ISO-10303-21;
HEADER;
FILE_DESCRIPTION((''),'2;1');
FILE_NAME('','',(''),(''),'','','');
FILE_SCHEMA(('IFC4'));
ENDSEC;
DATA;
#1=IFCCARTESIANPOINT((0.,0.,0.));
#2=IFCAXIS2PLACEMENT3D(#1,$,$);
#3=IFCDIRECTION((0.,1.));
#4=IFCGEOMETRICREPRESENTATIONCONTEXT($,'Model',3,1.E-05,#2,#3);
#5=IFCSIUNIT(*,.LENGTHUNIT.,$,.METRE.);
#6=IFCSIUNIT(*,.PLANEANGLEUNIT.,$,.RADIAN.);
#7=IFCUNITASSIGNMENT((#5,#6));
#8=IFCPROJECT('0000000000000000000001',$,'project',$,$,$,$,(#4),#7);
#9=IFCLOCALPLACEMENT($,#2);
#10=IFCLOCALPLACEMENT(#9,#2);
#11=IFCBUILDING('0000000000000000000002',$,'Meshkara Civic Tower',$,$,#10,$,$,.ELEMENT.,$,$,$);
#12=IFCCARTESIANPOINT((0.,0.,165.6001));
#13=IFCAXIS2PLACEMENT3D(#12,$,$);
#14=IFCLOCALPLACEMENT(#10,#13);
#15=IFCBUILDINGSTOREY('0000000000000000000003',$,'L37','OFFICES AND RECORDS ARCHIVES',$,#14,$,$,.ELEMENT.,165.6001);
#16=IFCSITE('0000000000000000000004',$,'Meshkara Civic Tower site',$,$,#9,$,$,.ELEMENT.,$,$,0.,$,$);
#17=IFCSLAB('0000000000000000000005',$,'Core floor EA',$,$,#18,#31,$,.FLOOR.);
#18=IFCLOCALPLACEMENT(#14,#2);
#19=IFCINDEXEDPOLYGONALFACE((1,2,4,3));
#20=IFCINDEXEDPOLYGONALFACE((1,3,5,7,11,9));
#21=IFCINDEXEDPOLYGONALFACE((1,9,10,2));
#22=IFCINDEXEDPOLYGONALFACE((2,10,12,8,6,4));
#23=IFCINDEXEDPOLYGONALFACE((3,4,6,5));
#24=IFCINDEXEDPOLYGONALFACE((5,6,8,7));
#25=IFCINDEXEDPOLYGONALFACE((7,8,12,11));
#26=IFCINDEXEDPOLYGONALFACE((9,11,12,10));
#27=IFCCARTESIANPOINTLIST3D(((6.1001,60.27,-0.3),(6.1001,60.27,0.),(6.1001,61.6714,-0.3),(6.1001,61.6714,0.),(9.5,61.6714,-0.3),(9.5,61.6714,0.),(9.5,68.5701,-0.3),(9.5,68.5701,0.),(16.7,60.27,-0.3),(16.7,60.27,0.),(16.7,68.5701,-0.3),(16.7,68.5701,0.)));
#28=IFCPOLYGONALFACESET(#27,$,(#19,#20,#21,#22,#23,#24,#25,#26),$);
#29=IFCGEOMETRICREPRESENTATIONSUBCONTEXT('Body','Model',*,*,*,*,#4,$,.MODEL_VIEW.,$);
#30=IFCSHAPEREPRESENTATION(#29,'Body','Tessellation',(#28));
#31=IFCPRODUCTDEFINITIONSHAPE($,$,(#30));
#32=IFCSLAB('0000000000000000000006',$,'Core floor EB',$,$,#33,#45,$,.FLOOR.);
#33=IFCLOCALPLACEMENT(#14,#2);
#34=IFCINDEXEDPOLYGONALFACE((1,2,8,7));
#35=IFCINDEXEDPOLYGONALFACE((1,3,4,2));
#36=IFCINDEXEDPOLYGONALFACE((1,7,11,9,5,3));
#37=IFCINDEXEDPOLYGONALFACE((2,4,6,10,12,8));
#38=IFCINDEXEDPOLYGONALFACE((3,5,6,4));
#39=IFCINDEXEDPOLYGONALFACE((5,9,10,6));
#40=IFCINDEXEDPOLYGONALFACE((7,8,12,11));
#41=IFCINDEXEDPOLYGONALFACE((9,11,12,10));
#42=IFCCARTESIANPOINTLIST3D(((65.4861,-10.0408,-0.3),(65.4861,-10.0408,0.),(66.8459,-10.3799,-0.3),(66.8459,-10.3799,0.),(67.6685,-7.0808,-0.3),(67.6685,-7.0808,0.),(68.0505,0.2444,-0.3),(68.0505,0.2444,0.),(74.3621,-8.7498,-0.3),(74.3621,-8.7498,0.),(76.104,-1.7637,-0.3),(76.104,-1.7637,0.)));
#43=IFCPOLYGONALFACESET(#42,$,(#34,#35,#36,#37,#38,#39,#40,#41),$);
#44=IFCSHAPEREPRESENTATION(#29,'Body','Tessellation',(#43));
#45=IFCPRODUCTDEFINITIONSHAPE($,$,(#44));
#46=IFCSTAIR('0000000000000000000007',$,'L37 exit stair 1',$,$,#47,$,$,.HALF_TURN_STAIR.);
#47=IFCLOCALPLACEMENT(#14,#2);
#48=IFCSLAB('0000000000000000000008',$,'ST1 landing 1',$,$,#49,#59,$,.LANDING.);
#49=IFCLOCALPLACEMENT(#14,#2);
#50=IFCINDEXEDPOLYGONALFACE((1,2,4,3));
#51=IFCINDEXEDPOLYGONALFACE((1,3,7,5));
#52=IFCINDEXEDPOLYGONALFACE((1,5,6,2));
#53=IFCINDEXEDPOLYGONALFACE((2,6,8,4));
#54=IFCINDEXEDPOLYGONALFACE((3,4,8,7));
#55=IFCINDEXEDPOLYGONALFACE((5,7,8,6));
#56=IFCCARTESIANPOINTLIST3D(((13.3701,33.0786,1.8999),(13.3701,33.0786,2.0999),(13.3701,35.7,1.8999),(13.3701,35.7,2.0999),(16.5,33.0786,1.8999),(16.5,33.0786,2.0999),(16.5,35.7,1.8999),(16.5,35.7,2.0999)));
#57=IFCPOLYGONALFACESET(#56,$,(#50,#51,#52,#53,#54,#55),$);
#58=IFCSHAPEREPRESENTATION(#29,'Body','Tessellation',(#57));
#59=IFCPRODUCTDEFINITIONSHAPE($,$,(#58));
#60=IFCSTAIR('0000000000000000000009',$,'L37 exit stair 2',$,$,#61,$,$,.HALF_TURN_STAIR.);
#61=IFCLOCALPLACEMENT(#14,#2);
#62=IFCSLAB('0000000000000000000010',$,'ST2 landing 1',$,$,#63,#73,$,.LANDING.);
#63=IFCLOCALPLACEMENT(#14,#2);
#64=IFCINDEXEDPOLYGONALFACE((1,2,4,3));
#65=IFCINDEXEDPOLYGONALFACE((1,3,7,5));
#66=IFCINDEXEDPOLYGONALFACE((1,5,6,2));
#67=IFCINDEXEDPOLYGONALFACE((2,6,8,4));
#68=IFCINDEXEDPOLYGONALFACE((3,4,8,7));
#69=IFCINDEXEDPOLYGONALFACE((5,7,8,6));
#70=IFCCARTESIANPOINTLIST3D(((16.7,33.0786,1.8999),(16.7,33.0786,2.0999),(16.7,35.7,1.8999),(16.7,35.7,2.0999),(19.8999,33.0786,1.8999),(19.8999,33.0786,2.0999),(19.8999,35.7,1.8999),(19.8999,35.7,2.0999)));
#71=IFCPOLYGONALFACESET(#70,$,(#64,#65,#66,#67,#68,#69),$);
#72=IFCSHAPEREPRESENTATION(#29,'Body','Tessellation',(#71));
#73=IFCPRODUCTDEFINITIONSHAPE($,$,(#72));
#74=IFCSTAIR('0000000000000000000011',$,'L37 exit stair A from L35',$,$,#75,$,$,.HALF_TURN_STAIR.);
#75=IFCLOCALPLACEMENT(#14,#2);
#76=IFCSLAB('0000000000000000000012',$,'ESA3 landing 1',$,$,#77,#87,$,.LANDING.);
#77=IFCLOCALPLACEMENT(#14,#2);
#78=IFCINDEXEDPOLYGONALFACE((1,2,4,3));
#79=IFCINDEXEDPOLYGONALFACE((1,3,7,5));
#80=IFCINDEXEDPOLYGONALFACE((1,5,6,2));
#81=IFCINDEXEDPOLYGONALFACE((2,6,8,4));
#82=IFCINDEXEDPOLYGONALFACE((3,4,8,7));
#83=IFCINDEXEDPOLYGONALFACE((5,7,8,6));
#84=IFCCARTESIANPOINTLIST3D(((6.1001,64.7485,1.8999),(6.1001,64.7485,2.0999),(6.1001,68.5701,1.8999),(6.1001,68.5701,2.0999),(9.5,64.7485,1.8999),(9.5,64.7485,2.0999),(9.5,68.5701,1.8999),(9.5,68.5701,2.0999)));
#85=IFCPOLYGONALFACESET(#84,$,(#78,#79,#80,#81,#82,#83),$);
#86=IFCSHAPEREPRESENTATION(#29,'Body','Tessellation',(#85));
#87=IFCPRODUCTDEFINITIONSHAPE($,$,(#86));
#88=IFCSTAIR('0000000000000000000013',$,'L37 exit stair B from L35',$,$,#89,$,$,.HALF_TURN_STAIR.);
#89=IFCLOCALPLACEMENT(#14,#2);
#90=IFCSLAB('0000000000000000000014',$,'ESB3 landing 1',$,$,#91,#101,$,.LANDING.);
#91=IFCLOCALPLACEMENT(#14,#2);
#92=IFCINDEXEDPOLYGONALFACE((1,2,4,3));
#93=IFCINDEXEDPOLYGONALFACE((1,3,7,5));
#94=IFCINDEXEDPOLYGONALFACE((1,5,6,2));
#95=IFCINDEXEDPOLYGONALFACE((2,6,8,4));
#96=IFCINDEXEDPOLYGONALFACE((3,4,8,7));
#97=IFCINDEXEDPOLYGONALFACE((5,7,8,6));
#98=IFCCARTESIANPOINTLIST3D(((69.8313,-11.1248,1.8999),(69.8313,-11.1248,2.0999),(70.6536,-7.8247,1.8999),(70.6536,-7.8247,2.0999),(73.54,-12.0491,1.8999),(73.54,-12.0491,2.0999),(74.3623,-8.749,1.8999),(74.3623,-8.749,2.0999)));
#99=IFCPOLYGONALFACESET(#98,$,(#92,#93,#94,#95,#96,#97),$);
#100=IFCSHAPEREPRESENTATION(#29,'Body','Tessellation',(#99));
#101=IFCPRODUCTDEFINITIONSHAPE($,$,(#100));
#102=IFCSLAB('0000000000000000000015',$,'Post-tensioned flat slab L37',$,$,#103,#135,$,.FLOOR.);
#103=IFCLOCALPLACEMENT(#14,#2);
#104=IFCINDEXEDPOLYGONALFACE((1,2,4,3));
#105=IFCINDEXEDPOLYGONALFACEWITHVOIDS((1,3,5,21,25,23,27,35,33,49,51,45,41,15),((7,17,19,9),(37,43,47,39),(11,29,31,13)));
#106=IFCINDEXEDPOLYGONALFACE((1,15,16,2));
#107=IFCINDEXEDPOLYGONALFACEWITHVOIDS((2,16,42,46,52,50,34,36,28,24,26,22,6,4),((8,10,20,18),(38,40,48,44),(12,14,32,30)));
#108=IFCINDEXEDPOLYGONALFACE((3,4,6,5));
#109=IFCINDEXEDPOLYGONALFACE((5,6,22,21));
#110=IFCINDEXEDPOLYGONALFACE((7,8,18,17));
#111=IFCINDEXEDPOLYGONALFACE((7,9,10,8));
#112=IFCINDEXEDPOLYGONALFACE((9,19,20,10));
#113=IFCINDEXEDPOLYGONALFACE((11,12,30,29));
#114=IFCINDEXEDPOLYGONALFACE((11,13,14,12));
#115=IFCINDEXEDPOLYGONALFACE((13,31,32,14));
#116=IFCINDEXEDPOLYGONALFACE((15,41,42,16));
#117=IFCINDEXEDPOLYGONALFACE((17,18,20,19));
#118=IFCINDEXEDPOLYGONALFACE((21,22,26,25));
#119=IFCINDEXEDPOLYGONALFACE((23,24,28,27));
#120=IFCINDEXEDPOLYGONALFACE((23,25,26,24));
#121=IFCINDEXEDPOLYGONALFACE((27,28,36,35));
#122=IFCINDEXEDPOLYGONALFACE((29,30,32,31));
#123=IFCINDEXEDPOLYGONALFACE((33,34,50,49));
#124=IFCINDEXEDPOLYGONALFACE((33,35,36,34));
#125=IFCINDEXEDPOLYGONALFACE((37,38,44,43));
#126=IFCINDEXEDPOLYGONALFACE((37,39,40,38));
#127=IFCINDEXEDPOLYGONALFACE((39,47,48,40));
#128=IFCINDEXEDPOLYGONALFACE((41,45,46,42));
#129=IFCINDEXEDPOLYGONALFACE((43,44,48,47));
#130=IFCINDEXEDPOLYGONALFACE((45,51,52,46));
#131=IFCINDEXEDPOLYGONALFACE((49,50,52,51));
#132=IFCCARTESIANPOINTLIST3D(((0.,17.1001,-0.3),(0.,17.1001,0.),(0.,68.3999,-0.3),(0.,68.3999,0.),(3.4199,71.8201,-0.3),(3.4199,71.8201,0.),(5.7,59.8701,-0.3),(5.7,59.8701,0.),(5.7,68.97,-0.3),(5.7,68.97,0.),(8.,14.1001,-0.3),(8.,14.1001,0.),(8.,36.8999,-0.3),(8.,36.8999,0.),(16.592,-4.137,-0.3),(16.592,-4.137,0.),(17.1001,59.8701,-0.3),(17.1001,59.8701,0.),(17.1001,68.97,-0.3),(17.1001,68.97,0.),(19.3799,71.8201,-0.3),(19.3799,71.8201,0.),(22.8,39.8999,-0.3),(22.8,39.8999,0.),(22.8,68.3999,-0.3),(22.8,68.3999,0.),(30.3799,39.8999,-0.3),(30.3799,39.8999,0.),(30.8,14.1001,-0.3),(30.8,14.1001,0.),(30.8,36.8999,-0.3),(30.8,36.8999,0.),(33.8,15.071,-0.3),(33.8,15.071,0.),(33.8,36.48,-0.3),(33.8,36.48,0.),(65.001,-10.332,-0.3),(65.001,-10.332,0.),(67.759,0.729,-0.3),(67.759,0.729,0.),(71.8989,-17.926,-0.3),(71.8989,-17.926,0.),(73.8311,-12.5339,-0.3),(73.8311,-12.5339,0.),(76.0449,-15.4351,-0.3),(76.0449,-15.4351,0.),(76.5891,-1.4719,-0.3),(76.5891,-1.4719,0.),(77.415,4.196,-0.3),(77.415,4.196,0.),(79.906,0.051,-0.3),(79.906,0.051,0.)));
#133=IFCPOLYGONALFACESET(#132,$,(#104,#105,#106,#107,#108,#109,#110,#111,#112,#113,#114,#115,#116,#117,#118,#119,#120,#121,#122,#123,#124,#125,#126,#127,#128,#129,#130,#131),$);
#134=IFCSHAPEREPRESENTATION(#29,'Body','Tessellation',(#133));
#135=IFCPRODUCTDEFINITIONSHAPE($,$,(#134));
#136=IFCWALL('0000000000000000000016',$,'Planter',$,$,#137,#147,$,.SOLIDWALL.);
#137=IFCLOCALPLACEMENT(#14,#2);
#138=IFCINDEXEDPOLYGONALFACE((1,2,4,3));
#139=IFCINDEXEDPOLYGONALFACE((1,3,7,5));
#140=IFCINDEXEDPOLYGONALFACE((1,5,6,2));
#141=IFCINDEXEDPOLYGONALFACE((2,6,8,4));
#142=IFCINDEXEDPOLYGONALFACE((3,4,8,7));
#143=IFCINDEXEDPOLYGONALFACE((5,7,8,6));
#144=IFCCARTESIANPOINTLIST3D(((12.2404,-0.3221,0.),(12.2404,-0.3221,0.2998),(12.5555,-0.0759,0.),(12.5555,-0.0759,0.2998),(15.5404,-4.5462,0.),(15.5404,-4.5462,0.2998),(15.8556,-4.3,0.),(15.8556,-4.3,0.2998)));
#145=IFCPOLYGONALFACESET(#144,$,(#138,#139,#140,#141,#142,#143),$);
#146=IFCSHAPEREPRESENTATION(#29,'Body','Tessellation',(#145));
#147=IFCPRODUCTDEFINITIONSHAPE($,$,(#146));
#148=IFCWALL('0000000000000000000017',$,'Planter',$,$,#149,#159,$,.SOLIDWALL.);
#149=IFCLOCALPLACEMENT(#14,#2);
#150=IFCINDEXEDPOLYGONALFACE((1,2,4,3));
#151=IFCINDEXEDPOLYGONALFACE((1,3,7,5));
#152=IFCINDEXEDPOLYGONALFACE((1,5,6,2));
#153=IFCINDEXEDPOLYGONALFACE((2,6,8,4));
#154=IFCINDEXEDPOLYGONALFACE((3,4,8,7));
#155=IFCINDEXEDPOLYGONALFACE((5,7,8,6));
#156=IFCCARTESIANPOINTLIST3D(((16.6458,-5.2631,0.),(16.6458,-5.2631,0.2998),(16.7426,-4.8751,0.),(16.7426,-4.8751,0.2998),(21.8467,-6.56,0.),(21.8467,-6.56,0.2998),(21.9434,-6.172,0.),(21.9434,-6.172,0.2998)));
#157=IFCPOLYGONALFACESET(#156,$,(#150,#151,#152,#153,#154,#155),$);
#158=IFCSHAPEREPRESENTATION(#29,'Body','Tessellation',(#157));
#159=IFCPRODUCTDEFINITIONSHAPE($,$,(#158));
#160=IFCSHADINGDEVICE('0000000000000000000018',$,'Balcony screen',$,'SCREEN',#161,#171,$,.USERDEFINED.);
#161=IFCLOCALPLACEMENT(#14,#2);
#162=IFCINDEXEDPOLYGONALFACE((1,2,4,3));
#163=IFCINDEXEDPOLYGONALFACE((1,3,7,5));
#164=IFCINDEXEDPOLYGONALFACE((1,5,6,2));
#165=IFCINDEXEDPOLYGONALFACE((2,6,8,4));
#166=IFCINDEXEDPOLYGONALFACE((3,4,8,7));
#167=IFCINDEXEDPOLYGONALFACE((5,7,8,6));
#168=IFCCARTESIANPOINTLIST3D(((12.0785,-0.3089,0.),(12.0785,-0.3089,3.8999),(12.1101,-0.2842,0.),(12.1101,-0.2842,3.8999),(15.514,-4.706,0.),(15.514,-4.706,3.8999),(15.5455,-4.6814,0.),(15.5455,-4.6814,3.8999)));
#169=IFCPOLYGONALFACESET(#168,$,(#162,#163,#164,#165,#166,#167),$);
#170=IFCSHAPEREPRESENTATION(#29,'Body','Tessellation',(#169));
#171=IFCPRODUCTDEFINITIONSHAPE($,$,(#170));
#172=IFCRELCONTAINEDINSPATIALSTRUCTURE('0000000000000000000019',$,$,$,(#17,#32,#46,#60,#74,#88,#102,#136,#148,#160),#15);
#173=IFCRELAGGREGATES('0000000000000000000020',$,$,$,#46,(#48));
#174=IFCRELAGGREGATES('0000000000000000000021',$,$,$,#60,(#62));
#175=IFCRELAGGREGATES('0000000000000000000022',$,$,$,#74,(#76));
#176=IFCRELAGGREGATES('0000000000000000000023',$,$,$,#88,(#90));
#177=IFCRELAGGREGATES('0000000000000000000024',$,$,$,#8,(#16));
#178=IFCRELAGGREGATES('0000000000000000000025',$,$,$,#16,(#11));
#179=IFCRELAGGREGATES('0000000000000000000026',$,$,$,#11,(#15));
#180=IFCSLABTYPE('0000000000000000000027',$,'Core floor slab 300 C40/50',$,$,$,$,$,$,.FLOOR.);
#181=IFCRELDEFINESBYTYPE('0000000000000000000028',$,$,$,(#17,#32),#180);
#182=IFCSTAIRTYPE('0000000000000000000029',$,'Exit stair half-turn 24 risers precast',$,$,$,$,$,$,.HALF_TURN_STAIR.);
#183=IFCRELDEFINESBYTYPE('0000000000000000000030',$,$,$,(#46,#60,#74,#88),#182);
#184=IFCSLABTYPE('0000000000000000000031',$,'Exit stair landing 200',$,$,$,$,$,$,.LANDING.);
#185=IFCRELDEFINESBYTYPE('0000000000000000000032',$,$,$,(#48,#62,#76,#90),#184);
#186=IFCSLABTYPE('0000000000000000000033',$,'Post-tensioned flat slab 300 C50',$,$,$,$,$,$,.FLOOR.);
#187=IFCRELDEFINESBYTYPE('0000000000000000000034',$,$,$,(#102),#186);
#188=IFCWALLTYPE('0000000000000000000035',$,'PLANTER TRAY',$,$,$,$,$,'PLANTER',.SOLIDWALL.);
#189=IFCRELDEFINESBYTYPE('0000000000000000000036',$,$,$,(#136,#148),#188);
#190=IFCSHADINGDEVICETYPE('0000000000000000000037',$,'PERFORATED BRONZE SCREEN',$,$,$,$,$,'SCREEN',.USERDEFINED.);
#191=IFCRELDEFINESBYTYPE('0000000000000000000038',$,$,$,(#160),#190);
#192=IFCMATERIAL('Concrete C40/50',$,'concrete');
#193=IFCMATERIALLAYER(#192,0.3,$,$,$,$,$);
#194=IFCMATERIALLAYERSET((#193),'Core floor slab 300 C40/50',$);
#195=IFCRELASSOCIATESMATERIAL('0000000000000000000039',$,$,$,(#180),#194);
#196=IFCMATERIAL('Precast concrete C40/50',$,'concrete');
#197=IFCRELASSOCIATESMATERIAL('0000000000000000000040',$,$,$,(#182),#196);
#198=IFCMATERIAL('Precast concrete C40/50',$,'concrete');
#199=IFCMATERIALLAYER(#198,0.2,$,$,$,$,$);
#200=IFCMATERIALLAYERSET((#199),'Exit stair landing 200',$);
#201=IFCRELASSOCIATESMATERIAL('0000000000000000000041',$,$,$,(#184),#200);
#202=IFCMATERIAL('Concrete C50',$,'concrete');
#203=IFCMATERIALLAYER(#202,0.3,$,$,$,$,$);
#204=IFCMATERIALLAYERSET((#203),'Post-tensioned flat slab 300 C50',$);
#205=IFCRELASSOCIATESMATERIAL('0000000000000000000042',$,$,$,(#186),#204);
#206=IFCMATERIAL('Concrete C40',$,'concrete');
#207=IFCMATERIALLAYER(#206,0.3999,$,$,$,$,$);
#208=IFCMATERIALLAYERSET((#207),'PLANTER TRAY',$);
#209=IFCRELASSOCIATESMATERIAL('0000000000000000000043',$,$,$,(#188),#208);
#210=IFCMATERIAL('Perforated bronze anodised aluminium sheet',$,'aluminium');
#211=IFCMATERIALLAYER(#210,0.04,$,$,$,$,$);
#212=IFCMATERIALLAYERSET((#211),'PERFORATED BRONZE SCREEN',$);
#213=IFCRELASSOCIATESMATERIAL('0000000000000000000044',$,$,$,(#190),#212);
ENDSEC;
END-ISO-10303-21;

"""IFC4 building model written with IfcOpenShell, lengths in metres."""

from ifc_helpers import new_model, si_unit, direction, frame, frame_2d, origin, origin_2d, place, context, subcontext, project, spatial, polyline, rectangle, outline, extrude, material, layer, layer_set, type_object, element, aggregate, save


model = new_model("IFC4")

# Units and contexts
model_context = context("Model", 3, precision=1e-05, world=origin(), true_north=direction((0.0, 1.0)))
body_context = subcontext(model_context, "Body", "Model", "MODEL_VIEW")
ifc_project = project(units=[si_unit("LENGTHUNIT", "METRE"), si_unit("PLANEANGLEUNIT", "RADIAN")], contexts=[model_context])

# Site, building, storey
site_placement = place(None, origin())
site = spatial("IfcSite", under=ifc_project, at=site_placement, Name="Meshkara Civic Tower site", CompositionType="ELEMENT", RefElevation=0.0)
building_placement = place(site_placement, origin())
building = spatial("IfcBuilding", under=site, at=building_placement, Name="Meshkara Civic Tower", CompositionType="ELEMENT")
storey_placement = place(building_placement, frame((0.0, 0.0, 165.6001)))
storey = spatial("IfcBuildingStorey", under=building, at=storey_placement, Name="L37", Description="OFFICES AND RECORDS ARCHIVES", CompositionType="ELEMENT", Elevation=165.6001)

# Slabs
ifc_material_1 = material(Name="Concrete C40/50", Category="concrete")
ifc_layer_1 = layer(ifc_material_1, 0.3)
ifc_layer_set_1 = layer_set([ifc_layer_1], Name="Core floor slab 300 C40/50")
slab_type_1 = type_object("IfcSlabType", Name="Core floor slab 300 C40/50", PredefinedType="FLOOR", material=ifc_layer_set_1)
slab_1_placement = place(storey_placement, frame((0.0, 0.0, -0.3)))
element("IfcSlab", 1, at=slab_1_placement, inside=storey, type_object=slab_type_1, Name="Core floor EA", PredefinedType="FLOOR", context=body_context, shape_type="SweptSolid", body=[
    extrude(outline(polyline([(16.7, 60.27), (16.7, 68.5701), (9.5, 68.5701), (9.5, 61.6714), (6.1001, 61.6714), (6.1001, 60.27), (16.7, 60.27)])), origin(), (0.0, 0.0, 1.0), 0.3),
])
slab_2_placement = place(storey_placement, frame((0.0, 0.0, -0.3)))
element("IfcSlab", 2, at=slab_2_placement, inside=storey, type_object=slab_type_1, Name="Core floor EB", PredefinedType="FLOOR", context=body_context, shape_type="SweptSolid", body=[
    extrude(outline(polyline([(68.0505, 0.2444), (76.104, -1.7637), (74.3621, -8.7498), (67.6685, -7.0808), (66.8459, -10.3799), (65.4861, -10.0408), (68.0505, 0.2444)])), origin(), (0.0, 0.0, 1.0), 0.3),
])

# Stairs, slabs
ifc_material_2 = material(Name="Precast concrete C40/50", Category="concrete")
stair_type = type_object("IfcStairType", Name="Exit stair half-turn 24 risers precast", PredefinedType="HALF_TURN_STAIR", material=ifc_material_2)
stair_1_placement = place(storey_placement, origin())
stair_1 = element("IfcStair", 3, at=stair_1_placement, inside=storey, type_object=stair_type, Name="L37 exit stair 1", PredefinedType="HALF_TURN_STAIR")
ifc_material_3 = material(Name="Precast concrete C40/50", Category="concrete")
ifc_layer_2 = layer(ifc_material_3, 0.2)
ifc_layer_set_2 = layer_set([ifc_layer_2], Name="Exit stair landing 200")
slab_type_2 = type_object("IfcSlabType", Name="Exit stair landing 200", PredefinedType="LANDING", material=ifc_layer_set_2)
slab_3_placement = place(storey_placement, frame((0.0, 0.0, 1.8999)))
slab_3 = element("IfcSlab", 4, at=slab_3_placement, type_object=slab_type_2, Name="ST1 landing 1", PredefinedType="LANDING", context=body_context, shape_type="SweptSolid", body=[
    extrude(outline(polyline([(16.5, 33.0786), (16.5, 35.7), (13.3701, 35.7), (13.3701, 33.0786), (16.5, 33.0786)])), origin(), (0.0, 0.0, 1.0), 0.2),
])
aggregate(stair_1, [slab_3])
stair_2_placement = place(storey_placement, origin())
stair_2 = element("IfcStair", 5, at=stair_2_placement, inside=storey, type_object=stair_type, Name="L37 exit stair 2", PredefinedType="HALF_TURN_STAIR")
slab_4_placement = place(storey_placement, frame((0.0, 0.0, 1.8999)))
slab_4 = element("IfcSlab", 6, at=slab_4_placement, type_object=slab_type_2, Name="ST2 landing 1", PredefinedType="LANDING", context=body_context, shape_type="SweptSolid", body=[
    extrude(outline(polyline([(19.8999, 33.0786), (19.8999, 35.7), (16.7, 35.7), (16.7, 33.0786), (19.8999, 33.0786)])), origin(), (0.0, 0.0, 1.0), 0.2),
])
aggregate(stair_2, [slab_4])
stair_3_placement = place(storey_placement, origin())
stair_3 = element("IfcStair", 7, at=stair_3_placement, inside=storey, type_object=stair_type, Name="L37 exit stair A from L35", PredefinedType="HALF_TURN_STAIR")
slab_5_placement = place(storey_placement, frame((0.0, 0.0, 1.8999)))
slab_5 = element("IfcSlab", 8, at=slab_5_placement, type_object=slab_type_2, Name="ESA3 landing 1", PredefinedType="LANDING", context=body_context, shape_type="SweptSolid", body=[
    extrude(outline(polyline([(9.5, 64.7485), (9.5, 68.5701), (6.1001, 68.5701), (6.1001, 64.7485), (9.5, 64.7485)])), origin(), (0.0, 0.0, 1.0), 0.2),
])
aggregate(stair_3, [slab_5])
stair_4_placement = place(storey_placement, origin())
stair_4 = element("IfcStair", 9, at=stair_4_placement, inside=storey, type_object=stair_type, Name="L37 exit stair B from L35", PredefinedType="HALF_TURN_STAIR")
slab_6_placement = place(storey_placement, frame((0.0, 0.0, 1.8999)))
slab_6 = element("IfcSlab", 10, at=slab_6_placement, type_object=slab_type_2, Name="ESB3 landing 1", PredefinedType="LANDING", context=body_context, shape_type="SweptSolid", body=[
    extrude(outline(polyline([(69.8313, -11.1248), (73.54, -12.0491), (74.3623, -8.749), (70.6536, -7.8247), (69.8313, -11.1248)])), origin(), (0.0, 0.0, 1.0), 0.2),
])
aggregate(stair_4, [slab_6])

# Slab
ifc_material_4 = material(Name="Concrete C50", Category="concrete")
ifc_layer_3 = layer(ifc_material_4, 0.3)
ifc_layer_set_3 = layer_set([ifc_layer_3], Name="Post-tensioned flat slab 300 C50")
slab_type_3 = type_object("IfcSlabType", Name="Post-tensioned flat slab 300 C50", PredefinedType="FLOOR", material=ifc_layer_set_3)
slab_7_placement = place(storey_placement, frame((0.0, 0.0, -0.3)))
element("IfcSlab", 11, at=slab_7_placement, inside=storey, type_object=slab_type_3, Name="Post-tensioned flat slab L37", PredefinedType="FLOOR", context=body_context, shape_type="SweptSolid", body=[
    extrude(outline(polyline([(76.0449, -15.4351), (71.8989, -17.926), (16.592, -4.137), (0.0, 17.1001), (0.0, 68.3999), (3.4199, 71.8201), (19.3799, 71.8201), (22.8, 68.3999), (22.8, 39.8999), (30.3799, 39.8999), (33.8, 36.48), (33.8, 15.071), (77.415, 4.196), (79.906, 0.051), (76.0449, -15.4351)]), holes=[polyline([(73.8311, -12.5339), (76.5891, -1.4719), (67.759, 0.729), (65.001, -10.332), (73.8311, -12.5339)]), polyline([(8.0, 14.1001), (30.8, 14.1001), (30.8, 36.8999), (8.0, 36.8999), (8.0, 14.1001)]), polyline([(5.7, 68.97), (5.7, 59.8701), (17.1001, 59.8701), (17.1001, 68.97), (5.7, 68.97)])]), origin(), (0.0, 0.0, 1.0), 0.3),
])

# Walls
ifc_material_5 = material(Name="Concrete C40", Category="concrete")
ifc_layer_4 = layer(ifc_material_5, 0.3999)
ifc_layer_set_4 = layer_set([ifc_layer_4], Name="PLANTER TRAY")
wall_type_1 = type_object("IfcWallType", Name="PLANTER TRAY", ElementType="PLANTER", PredefinedType="SOLIDWALL", material=ifc_layer_set_4)
wall_1_placement = place(storey_placement, frame((12.3979, -0.199, 0.0), z_axis=(0.0, 0.0, 1.0), x_axis=(0.615639, -0.788029, 0.0)))
element("IfcWall", 12, at=wall_1_placement, inside=storey, type_object=wall_type_1, Name="Planter", PredefinedType="SOLIDWALL", context=body_context, shape_type="SweptSolid", body=[
    extrude(rectangle(XDim=5.3604, YDim=0.3999, at=frame_2d((2.6802, 0.0))), origin(), (0.0, 0.0, 1.0), 0.2998),
])
wall_2_placement = place(storey_placement, frame((16.6941, -5.0691, 0.0), z_axis=(0.0, 0.0, 1.0), x_axis=(0.97029, -0.241946, 0.0)))
element("IfcWall", 13, at=wall_2_placement, inside=storey, type_object=wall_type_1, Name="Planter", PredefinedType="SOLIDWALL", context=body_context, shape_type="SweptSolid", body=[
    extrude(rectangle(XDim=5.3601, YDim=0.3999, at=frame_2d((2.6802, 0.0))), origin(), (0.0, 0.0, 1.0), 0.2998),
])

# Shading device
ifc_material_6 = material(Name="Perforated bronze anodised aluminium sheet", Category="aluminium")
ifc_layer_5 = layer(ifc_material_6, 0.04)
ifc_layer_set_5 = layer_set([ifc_layer_5], Name="PERFORATED BRONZE SCREEN")
shading_device_type = type_object("IfcShadingDeviceType", Name="PERFORATED BRONZE SCREEN", ElementType="SCREEN", PredefinedType="USERDEFINED", material=ifc_layer_set_5)
shading_device_placement = place(storey_placement, frame((13.812, -2.4951, 0.0), z_axis=(0.0, 0.0, 1.0), x_axis=(0.615661, -0.788011, 0.0)))
element("IfcShadingDevice", 14, at=shading_device_placement, inside=storey, type_object=shading_device_type, Name="Balcony screen", ObjectType="SCREEN", PredefinedType="USERDEFINED", context=body_context, shape_type="SweptSolid", body=[
    extrude(rectangle(XDim=5.5801, YDim=0.04, at=origin_2d()), origin(), (0.0, 0.0, 1.0), 3.8999),
])

save(model, "model.ifc")
